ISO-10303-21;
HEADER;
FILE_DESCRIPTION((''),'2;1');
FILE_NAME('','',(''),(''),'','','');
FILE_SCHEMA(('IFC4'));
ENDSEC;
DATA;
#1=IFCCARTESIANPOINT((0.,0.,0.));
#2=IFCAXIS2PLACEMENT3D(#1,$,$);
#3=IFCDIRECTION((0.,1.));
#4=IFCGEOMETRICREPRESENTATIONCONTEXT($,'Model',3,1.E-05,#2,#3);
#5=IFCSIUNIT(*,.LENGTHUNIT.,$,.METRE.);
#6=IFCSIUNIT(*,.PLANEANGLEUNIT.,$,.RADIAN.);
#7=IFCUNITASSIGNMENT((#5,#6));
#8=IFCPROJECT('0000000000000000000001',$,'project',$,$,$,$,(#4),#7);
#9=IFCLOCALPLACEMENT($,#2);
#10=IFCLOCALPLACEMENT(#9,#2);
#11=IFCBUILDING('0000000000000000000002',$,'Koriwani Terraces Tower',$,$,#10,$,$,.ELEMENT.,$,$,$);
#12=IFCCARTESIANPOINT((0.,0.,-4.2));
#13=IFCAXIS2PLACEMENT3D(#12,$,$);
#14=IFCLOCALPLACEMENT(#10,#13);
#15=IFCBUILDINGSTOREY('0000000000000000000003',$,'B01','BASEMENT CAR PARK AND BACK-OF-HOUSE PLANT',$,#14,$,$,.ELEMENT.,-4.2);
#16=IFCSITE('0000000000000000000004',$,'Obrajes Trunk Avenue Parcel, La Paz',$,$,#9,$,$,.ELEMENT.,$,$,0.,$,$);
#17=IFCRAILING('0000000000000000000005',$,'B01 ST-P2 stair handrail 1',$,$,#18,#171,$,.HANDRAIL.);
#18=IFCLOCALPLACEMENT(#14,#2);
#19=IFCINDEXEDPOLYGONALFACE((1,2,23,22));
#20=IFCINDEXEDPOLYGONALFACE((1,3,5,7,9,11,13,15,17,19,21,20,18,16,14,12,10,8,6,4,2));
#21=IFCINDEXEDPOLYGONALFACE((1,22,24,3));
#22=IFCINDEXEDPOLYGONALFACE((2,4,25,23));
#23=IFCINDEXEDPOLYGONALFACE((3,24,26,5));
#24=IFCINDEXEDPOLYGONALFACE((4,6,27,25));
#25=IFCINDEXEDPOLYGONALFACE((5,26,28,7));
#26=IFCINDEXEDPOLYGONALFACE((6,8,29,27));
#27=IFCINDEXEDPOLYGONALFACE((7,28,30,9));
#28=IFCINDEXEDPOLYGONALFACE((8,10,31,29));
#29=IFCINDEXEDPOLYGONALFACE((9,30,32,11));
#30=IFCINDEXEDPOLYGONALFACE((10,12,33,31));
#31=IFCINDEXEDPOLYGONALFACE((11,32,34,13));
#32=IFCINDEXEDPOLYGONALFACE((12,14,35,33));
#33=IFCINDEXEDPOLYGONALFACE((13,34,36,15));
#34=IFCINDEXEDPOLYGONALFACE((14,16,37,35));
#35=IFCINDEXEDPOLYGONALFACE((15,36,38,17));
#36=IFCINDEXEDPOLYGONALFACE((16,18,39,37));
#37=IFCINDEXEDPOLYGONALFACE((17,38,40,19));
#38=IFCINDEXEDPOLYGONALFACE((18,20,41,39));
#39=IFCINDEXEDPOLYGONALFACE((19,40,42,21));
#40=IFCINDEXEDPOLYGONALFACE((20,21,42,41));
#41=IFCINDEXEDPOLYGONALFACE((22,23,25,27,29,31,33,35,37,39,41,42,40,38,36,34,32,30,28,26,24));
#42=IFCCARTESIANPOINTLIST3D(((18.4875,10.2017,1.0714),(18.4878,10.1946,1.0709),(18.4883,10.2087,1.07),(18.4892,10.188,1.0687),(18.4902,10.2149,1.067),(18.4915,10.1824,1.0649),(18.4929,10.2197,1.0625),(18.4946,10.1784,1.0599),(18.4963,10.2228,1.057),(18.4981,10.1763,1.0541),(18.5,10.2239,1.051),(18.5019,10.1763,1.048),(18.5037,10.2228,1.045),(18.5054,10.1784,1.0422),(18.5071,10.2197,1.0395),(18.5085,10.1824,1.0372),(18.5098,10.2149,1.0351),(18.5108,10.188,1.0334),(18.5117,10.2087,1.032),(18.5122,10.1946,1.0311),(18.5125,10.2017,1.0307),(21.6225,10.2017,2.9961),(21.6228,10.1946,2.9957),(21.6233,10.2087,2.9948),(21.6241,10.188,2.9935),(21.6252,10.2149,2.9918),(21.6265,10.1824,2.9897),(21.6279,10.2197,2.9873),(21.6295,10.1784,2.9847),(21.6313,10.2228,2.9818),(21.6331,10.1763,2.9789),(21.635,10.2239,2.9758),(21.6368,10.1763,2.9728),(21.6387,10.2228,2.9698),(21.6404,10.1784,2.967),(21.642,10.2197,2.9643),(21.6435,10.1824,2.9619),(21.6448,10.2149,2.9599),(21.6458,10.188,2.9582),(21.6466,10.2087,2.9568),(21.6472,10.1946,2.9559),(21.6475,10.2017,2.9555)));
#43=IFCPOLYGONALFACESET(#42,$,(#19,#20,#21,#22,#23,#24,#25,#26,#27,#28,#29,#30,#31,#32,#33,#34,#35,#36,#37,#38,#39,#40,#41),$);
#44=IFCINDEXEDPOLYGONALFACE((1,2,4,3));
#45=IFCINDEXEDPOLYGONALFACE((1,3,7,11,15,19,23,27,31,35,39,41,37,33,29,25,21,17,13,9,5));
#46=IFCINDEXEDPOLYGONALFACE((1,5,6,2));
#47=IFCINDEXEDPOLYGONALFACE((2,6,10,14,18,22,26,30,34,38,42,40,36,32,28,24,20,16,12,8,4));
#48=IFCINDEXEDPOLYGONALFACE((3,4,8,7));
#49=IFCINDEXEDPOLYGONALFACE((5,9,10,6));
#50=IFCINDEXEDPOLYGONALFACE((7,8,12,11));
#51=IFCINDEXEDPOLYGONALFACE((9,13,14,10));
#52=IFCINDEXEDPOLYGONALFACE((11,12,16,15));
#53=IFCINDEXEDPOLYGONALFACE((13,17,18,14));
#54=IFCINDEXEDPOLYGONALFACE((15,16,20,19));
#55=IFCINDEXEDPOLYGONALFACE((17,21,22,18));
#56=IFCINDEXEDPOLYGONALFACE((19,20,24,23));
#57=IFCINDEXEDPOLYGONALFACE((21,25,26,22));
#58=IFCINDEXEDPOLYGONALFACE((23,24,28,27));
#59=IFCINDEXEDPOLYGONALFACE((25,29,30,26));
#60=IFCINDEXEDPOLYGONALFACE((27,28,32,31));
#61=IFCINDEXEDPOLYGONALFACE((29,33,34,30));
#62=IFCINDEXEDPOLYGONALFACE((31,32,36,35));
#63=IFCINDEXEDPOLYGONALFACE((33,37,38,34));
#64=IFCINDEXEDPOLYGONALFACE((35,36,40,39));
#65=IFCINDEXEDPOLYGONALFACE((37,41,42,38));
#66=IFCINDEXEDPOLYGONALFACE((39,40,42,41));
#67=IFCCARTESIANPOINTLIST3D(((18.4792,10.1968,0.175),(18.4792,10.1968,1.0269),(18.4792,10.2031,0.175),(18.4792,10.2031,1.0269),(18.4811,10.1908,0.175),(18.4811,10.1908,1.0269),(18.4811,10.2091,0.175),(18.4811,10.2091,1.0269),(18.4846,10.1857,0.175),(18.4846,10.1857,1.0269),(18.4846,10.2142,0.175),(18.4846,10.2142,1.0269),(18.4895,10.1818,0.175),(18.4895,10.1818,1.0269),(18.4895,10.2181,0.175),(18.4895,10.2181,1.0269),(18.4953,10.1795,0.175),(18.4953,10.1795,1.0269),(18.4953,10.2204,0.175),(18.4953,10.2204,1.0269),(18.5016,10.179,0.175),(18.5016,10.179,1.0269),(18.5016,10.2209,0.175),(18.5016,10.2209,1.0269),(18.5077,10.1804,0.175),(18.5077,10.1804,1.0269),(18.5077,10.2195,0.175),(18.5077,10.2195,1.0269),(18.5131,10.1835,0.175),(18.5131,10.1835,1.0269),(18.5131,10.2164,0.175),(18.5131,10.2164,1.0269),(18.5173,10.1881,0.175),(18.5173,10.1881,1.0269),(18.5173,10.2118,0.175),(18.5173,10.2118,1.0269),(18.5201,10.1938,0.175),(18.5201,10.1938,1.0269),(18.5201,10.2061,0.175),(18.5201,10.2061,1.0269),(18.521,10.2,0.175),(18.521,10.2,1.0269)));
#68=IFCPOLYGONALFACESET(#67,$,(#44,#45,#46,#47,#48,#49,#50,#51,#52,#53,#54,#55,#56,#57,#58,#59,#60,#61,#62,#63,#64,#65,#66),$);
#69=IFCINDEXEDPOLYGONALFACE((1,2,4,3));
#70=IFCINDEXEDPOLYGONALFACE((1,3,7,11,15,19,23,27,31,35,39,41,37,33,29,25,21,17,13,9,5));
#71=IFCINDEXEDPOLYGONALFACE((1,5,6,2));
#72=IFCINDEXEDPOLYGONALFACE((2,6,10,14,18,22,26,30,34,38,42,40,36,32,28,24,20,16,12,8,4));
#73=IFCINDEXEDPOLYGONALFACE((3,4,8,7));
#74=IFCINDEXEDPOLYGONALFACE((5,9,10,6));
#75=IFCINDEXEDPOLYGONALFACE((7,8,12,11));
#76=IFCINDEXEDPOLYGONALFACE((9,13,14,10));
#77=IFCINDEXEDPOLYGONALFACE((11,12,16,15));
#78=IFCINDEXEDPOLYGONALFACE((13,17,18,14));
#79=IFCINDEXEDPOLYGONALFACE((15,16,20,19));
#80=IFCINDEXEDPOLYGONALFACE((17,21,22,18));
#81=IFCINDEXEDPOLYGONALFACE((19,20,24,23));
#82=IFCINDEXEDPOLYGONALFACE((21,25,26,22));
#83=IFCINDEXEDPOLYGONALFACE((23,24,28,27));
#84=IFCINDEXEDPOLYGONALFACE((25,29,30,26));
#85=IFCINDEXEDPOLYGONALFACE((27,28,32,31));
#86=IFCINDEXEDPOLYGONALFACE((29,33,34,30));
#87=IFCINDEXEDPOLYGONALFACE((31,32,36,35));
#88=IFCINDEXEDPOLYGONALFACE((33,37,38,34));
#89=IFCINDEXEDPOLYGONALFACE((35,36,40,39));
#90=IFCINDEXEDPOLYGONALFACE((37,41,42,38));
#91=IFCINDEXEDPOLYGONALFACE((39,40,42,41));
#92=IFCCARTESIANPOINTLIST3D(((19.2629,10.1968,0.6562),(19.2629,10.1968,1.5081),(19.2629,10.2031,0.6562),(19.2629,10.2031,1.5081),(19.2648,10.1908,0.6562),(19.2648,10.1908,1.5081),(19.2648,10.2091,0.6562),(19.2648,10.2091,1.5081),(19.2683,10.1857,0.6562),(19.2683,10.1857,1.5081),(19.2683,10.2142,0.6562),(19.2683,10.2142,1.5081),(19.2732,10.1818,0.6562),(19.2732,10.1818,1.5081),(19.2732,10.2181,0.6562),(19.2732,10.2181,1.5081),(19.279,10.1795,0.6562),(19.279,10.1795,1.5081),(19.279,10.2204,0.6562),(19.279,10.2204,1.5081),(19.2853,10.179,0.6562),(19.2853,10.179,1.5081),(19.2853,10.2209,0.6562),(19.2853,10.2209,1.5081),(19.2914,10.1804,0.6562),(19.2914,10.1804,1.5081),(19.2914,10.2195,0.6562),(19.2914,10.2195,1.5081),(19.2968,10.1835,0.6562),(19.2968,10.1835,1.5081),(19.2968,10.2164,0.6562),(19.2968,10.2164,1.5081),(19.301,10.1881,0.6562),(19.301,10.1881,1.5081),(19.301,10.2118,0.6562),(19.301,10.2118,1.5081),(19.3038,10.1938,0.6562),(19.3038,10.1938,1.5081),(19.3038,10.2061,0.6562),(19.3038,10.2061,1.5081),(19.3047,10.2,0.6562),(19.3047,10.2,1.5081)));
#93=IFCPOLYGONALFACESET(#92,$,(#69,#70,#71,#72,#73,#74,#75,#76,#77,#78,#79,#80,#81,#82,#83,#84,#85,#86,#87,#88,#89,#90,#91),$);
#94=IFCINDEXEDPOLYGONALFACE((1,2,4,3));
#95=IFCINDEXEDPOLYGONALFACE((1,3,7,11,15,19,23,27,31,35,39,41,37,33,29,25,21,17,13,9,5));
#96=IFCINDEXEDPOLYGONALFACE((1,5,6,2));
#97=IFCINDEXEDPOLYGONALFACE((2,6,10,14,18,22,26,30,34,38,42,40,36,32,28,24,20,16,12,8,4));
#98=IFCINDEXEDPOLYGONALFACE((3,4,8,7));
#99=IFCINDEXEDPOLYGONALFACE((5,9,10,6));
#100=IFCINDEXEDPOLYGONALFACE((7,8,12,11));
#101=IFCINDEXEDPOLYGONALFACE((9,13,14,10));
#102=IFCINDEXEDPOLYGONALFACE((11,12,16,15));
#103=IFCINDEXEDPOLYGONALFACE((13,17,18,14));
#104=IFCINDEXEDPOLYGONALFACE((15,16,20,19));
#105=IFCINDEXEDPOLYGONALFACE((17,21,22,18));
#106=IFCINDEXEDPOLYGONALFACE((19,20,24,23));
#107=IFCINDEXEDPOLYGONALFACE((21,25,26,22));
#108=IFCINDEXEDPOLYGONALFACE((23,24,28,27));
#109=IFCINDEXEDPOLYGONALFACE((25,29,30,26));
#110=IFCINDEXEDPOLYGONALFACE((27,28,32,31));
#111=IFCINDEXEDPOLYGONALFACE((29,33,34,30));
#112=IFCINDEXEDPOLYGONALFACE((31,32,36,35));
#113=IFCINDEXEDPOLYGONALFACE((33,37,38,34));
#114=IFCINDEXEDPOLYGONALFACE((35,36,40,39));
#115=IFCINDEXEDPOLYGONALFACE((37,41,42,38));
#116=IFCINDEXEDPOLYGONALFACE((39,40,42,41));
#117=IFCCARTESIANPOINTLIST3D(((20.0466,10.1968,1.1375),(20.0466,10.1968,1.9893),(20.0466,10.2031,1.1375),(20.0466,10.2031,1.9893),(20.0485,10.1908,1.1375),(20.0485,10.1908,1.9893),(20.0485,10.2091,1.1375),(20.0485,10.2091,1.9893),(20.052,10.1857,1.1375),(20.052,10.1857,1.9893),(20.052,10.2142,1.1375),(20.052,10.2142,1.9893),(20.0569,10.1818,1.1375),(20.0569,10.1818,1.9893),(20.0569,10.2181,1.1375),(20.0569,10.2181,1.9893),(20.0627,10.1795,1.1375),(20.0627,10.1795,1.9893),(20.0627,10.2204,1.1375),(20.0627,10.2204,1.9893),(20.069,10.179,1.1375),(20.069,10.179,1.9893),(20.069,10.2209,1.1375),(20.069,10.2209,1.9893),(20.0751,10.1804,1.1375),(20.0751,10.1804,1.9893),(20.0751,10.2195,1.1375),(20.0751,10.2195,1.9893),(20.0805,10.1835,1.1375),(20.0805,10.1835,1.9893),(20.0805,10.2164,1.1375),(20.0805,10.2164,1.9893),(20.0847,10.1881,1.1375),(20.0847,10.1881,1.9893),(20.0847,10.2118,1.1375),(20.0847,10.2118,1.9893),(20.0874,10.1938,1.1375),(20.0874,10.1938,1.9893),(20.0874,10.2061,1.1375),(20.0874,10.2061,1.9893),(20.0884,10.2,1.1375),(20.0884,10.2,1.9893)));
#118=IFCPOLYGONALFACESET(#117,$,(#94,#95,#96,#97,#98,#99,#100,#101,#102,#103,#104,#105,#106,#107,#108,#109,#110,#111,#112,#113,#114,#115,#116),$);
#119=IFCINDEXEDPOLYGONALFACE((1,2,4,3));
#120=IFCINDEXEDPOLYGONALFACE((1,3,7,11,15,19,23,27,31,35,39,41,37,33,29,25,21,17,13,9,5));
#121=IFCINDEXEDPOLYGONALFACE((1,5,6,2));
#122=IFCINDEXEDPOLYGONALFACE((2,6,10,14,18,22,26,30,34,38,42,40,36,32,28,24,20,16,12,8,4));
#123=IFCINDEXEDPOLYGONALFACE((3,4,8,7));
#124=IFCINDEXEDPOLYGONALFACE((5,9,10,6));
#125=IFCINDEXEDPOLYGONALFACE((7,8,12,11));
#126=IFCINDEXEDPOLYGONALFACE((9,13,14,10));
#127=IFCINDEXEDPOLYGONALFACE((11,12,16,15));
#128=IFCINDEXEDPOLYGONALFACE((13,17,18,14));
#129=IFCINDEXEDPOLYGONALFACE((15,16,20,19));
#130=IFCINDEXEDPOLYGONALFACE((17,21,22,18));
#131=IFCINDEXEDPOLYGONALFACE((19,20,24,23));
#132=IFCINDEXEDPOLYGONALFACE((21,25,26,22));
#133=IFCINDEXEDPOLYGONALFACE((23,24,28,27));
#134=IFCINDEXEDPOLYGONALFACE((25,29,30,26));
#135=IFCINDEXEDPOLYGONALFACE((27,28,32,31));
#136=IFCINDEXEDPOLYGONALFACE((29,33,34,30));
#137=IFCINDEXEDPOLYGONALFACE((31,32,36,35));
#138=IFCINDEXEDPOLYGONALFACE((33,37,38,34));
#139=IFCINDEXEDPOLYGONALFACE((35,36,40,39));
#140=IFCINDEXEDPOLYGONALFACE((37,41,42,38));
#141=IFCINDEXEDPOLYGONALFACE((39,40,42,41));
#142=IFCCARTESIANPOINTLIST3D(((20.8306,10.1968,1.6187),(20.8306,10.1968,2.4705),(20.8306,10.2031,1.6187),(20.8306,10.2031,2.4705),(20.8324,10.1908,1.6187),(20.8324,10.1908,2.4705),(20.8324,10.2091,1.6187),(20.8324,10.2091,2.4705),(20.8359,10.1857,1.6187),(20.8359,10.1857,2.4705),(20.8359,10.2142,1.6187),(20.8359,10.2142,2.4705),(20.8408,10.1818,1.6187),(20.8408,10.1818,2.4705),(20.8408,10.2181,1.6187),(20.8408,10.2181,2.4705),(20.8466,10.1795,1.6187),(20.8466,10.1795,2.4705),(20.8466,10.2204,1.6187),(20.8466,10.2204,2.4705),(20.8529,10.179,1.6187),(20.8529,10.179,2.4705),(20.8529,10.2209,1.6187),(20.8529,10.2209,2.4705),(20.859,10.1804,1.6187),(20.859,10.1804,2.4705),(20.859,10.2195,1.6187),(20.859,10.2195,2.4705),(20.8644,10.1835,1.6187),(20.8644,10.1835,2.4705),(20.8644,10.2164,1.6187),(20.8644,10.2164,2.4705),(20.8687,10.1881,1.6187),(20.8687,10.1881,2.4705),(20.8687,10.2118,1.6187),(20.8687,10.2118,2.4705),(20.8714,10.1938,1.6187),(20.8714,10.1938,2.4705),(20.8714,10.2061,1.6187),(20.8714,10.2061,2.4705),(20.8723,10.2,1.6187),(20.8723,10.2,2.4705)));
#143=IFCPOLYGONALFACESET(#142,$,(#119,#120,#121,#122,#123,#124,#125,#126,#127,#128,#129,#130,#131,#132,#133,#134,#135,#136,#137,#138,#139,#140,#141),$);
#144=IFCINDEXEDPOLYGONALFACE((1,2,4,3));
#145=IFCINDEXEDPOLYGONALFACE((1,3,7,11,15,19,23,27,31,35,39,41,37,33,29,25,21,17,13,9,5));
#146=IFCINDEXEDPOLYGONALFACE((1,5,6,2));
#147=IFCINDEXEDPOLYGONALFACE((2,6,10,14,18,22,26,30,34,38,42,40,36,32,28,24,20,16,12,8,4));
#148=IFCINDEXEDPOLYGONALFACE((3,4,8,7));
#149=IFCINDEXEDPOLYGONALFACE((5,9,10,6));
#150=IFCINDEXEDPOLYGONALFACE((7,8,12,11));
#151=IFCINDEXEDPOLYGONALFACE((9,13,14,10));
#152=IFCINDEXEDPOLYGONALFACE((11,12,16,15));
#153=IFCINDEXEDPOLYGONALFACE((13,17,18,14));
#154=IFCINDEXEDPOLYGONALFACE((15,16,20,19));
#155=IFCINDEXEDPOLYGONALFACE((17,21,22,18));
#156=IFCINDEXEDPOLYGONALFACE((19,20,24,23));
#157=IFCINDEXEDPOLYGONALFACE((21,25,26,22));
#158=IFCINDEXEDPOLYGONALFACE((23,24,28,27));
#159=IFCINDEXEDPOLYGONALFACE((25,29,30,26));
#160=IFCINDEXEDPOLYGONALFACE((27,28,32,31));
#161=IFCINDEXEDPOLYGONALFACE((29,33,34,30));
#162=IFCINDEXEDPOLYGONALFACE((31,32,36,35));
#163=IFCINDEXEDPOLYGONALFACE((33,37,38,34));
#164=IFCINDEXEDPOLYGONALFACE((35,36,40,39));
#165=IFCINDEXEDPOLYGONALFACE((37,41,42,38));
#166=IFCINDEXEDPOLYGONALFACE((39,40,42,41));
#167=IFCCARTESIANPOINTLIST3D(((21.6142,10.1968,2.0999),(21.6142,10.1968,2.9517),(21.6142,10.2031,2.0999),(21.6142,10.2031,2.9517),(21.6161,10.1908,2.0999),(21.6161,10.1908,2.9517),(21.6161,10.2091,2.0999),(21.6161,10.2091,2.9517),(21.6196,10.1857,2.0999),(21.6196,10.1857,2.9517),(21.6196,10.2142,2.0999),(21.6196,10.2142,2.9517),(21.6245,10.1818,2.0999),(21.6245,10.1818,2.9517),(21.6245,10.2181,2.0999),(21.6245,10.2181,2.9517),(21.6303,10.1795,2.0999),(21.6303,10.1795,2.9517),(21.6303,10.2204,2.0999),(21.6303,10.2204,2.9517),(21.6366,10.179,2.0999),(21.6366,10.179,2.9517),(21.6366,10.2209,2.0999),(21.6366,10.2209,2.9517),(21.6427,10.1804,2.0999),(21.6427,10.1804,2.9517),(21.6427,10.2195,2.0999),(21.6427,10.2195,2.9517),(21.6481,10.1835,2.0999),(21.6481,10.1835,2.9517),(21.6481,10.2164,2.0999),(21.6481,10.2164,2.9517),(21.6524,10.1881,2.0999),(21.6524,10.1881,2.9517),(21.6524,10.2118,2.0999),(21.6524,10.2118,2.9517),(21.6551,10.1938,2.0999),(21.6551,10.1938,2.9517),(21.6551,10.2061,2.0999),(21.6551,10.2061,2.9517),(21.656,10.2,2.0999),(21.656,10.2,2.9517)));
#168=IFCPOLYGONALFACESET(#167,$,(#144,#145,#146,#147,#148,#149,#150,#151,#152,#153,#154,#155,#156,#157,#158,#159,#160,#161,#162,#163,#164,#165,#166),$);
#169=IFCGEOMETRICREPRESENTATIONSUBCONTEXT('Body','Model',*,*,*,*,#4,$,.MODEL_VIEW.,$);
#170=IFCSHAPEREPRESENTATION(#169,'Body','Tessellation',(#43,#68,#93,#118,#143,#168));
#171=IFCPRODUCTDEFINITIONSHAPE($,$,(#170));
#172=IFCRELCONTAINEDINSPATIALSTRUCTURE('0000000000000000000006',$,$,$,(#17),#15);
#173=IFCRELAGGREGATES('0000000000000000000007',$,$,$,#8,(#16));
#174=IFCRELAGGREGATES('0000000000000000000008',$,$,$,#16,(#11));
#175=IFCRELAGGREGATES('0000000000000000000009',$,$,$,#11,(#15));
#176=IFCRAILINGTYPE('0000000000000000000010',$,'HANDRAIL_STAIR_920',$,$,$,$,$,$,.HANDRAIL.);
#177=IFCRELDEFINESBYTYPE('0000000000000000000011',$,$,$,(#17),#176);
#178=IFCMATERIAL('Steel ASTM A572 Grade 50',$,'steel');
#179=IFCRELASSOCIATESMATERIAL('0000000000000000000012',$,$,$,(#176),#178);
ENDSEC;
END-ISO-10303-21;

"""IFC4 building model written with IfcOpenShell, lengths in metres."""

from ifc_helpers import new_model, si_unit, direction, frame, origin, origin_2d, place, context, subcontext, project, spatial, circle, extrude, material, type_object, element, save


model = new_model("IFC4")

# Units and contexts
model_context = context("Model", 3, precision=1e-05, world=origin(), true_north=direction((0.0, 1.0)))
body_context = subcontext(model_context, "Body", "Model", "MODEL_VIEW")
ifc_project = project(units=[si_unit("LENGTHUNIT", "METRE"), si_unit("PLANEANGLEUNIT", "RADIAN")], contexts=[model_context])

# Site, building, storey
site_placement = place(None, origin())
site = spatial("IfcSite", under=ifc_project, at=site_placement, Name="Obrajes Trunk Avenue Parcel, La Paz", CompositionType="ELEMENT", RefElevation=0.0)
building_placement = place(site_placement, origin())
building = spatial("IfcBuilding", under=site, at=building_placement, Name="Koriwani Terraces Tower", CompositionType="ELEMENT")
storey_placement = place(building_placement, frame((0.0, 0.0, -4.2)))
storey = spatial("IfcBuildingStorey", under=building, at=storey_placement, Name="B01", Description="BASEMENT CAR PARK AND BACK-OF-HOUSE PLANT", CompositionType="ELEMENT", Elevation=-4.2)

# Shared definitions
ifc_material_1 = material(Name="Steel ASTM A572 Grade 50", Category="steel")

# Railing
railing_type_1 = type_object("IfcRailingType", Name="HANDRAIL_STAIR_920", PredefinedType="HANDRAIL", material=ifc_material_1)
railing_1_placement = place(storey_placement, frame((18.5, 10.2, 0.175)))
element("IfcRailing", 1, at=railing_1_placement, inside=storey, type_object=railing_type_1, Name="B01 ST-P2 stair handrail 1", PredefinedType="HANDRAIL", context=body_context, shape_type="SweptSolid", body=[
    extrude(circle(Radius=0.0239, at=origin_2d()), frame((0.0, 0.0, 0.876), z_axis=(0.852196, 0.0, 0.523223), x_axis=(0.0, 1.0, 0.0)), (0.0, 0.0, 1.0), 3.6787),
    extrude(circle(Radius=0.021, at=origin_2d()), origin(), (0.0, 0.0, 1.0), 0.8518),
    extrude(circle(Radius=0.021, at=origin_2d()), frame((0.7837, 0.0, 0.4812)), (0.0, 0.0, 1.0), 0.8518),
    extrude(circle(Radius=0.021, at=origin_2d()), frame((1.5674, 0.0, 0.9624)), (0.0, 0.0, 1.0), 0.8518),
    extrude(circle(Radius=0.021, at=origin_2d()), frame((2.3513, 0.0, 1.4436)), (0.0, 0.0, 1.0), 0.8518),
    extrude(circle(Radius=0.021, at=origin_2d()), frame((3.135, 0.0, 1.9248)), (0.0, 0.0, 1.0), 0.8518),
])

save(model, "model.ifc")
